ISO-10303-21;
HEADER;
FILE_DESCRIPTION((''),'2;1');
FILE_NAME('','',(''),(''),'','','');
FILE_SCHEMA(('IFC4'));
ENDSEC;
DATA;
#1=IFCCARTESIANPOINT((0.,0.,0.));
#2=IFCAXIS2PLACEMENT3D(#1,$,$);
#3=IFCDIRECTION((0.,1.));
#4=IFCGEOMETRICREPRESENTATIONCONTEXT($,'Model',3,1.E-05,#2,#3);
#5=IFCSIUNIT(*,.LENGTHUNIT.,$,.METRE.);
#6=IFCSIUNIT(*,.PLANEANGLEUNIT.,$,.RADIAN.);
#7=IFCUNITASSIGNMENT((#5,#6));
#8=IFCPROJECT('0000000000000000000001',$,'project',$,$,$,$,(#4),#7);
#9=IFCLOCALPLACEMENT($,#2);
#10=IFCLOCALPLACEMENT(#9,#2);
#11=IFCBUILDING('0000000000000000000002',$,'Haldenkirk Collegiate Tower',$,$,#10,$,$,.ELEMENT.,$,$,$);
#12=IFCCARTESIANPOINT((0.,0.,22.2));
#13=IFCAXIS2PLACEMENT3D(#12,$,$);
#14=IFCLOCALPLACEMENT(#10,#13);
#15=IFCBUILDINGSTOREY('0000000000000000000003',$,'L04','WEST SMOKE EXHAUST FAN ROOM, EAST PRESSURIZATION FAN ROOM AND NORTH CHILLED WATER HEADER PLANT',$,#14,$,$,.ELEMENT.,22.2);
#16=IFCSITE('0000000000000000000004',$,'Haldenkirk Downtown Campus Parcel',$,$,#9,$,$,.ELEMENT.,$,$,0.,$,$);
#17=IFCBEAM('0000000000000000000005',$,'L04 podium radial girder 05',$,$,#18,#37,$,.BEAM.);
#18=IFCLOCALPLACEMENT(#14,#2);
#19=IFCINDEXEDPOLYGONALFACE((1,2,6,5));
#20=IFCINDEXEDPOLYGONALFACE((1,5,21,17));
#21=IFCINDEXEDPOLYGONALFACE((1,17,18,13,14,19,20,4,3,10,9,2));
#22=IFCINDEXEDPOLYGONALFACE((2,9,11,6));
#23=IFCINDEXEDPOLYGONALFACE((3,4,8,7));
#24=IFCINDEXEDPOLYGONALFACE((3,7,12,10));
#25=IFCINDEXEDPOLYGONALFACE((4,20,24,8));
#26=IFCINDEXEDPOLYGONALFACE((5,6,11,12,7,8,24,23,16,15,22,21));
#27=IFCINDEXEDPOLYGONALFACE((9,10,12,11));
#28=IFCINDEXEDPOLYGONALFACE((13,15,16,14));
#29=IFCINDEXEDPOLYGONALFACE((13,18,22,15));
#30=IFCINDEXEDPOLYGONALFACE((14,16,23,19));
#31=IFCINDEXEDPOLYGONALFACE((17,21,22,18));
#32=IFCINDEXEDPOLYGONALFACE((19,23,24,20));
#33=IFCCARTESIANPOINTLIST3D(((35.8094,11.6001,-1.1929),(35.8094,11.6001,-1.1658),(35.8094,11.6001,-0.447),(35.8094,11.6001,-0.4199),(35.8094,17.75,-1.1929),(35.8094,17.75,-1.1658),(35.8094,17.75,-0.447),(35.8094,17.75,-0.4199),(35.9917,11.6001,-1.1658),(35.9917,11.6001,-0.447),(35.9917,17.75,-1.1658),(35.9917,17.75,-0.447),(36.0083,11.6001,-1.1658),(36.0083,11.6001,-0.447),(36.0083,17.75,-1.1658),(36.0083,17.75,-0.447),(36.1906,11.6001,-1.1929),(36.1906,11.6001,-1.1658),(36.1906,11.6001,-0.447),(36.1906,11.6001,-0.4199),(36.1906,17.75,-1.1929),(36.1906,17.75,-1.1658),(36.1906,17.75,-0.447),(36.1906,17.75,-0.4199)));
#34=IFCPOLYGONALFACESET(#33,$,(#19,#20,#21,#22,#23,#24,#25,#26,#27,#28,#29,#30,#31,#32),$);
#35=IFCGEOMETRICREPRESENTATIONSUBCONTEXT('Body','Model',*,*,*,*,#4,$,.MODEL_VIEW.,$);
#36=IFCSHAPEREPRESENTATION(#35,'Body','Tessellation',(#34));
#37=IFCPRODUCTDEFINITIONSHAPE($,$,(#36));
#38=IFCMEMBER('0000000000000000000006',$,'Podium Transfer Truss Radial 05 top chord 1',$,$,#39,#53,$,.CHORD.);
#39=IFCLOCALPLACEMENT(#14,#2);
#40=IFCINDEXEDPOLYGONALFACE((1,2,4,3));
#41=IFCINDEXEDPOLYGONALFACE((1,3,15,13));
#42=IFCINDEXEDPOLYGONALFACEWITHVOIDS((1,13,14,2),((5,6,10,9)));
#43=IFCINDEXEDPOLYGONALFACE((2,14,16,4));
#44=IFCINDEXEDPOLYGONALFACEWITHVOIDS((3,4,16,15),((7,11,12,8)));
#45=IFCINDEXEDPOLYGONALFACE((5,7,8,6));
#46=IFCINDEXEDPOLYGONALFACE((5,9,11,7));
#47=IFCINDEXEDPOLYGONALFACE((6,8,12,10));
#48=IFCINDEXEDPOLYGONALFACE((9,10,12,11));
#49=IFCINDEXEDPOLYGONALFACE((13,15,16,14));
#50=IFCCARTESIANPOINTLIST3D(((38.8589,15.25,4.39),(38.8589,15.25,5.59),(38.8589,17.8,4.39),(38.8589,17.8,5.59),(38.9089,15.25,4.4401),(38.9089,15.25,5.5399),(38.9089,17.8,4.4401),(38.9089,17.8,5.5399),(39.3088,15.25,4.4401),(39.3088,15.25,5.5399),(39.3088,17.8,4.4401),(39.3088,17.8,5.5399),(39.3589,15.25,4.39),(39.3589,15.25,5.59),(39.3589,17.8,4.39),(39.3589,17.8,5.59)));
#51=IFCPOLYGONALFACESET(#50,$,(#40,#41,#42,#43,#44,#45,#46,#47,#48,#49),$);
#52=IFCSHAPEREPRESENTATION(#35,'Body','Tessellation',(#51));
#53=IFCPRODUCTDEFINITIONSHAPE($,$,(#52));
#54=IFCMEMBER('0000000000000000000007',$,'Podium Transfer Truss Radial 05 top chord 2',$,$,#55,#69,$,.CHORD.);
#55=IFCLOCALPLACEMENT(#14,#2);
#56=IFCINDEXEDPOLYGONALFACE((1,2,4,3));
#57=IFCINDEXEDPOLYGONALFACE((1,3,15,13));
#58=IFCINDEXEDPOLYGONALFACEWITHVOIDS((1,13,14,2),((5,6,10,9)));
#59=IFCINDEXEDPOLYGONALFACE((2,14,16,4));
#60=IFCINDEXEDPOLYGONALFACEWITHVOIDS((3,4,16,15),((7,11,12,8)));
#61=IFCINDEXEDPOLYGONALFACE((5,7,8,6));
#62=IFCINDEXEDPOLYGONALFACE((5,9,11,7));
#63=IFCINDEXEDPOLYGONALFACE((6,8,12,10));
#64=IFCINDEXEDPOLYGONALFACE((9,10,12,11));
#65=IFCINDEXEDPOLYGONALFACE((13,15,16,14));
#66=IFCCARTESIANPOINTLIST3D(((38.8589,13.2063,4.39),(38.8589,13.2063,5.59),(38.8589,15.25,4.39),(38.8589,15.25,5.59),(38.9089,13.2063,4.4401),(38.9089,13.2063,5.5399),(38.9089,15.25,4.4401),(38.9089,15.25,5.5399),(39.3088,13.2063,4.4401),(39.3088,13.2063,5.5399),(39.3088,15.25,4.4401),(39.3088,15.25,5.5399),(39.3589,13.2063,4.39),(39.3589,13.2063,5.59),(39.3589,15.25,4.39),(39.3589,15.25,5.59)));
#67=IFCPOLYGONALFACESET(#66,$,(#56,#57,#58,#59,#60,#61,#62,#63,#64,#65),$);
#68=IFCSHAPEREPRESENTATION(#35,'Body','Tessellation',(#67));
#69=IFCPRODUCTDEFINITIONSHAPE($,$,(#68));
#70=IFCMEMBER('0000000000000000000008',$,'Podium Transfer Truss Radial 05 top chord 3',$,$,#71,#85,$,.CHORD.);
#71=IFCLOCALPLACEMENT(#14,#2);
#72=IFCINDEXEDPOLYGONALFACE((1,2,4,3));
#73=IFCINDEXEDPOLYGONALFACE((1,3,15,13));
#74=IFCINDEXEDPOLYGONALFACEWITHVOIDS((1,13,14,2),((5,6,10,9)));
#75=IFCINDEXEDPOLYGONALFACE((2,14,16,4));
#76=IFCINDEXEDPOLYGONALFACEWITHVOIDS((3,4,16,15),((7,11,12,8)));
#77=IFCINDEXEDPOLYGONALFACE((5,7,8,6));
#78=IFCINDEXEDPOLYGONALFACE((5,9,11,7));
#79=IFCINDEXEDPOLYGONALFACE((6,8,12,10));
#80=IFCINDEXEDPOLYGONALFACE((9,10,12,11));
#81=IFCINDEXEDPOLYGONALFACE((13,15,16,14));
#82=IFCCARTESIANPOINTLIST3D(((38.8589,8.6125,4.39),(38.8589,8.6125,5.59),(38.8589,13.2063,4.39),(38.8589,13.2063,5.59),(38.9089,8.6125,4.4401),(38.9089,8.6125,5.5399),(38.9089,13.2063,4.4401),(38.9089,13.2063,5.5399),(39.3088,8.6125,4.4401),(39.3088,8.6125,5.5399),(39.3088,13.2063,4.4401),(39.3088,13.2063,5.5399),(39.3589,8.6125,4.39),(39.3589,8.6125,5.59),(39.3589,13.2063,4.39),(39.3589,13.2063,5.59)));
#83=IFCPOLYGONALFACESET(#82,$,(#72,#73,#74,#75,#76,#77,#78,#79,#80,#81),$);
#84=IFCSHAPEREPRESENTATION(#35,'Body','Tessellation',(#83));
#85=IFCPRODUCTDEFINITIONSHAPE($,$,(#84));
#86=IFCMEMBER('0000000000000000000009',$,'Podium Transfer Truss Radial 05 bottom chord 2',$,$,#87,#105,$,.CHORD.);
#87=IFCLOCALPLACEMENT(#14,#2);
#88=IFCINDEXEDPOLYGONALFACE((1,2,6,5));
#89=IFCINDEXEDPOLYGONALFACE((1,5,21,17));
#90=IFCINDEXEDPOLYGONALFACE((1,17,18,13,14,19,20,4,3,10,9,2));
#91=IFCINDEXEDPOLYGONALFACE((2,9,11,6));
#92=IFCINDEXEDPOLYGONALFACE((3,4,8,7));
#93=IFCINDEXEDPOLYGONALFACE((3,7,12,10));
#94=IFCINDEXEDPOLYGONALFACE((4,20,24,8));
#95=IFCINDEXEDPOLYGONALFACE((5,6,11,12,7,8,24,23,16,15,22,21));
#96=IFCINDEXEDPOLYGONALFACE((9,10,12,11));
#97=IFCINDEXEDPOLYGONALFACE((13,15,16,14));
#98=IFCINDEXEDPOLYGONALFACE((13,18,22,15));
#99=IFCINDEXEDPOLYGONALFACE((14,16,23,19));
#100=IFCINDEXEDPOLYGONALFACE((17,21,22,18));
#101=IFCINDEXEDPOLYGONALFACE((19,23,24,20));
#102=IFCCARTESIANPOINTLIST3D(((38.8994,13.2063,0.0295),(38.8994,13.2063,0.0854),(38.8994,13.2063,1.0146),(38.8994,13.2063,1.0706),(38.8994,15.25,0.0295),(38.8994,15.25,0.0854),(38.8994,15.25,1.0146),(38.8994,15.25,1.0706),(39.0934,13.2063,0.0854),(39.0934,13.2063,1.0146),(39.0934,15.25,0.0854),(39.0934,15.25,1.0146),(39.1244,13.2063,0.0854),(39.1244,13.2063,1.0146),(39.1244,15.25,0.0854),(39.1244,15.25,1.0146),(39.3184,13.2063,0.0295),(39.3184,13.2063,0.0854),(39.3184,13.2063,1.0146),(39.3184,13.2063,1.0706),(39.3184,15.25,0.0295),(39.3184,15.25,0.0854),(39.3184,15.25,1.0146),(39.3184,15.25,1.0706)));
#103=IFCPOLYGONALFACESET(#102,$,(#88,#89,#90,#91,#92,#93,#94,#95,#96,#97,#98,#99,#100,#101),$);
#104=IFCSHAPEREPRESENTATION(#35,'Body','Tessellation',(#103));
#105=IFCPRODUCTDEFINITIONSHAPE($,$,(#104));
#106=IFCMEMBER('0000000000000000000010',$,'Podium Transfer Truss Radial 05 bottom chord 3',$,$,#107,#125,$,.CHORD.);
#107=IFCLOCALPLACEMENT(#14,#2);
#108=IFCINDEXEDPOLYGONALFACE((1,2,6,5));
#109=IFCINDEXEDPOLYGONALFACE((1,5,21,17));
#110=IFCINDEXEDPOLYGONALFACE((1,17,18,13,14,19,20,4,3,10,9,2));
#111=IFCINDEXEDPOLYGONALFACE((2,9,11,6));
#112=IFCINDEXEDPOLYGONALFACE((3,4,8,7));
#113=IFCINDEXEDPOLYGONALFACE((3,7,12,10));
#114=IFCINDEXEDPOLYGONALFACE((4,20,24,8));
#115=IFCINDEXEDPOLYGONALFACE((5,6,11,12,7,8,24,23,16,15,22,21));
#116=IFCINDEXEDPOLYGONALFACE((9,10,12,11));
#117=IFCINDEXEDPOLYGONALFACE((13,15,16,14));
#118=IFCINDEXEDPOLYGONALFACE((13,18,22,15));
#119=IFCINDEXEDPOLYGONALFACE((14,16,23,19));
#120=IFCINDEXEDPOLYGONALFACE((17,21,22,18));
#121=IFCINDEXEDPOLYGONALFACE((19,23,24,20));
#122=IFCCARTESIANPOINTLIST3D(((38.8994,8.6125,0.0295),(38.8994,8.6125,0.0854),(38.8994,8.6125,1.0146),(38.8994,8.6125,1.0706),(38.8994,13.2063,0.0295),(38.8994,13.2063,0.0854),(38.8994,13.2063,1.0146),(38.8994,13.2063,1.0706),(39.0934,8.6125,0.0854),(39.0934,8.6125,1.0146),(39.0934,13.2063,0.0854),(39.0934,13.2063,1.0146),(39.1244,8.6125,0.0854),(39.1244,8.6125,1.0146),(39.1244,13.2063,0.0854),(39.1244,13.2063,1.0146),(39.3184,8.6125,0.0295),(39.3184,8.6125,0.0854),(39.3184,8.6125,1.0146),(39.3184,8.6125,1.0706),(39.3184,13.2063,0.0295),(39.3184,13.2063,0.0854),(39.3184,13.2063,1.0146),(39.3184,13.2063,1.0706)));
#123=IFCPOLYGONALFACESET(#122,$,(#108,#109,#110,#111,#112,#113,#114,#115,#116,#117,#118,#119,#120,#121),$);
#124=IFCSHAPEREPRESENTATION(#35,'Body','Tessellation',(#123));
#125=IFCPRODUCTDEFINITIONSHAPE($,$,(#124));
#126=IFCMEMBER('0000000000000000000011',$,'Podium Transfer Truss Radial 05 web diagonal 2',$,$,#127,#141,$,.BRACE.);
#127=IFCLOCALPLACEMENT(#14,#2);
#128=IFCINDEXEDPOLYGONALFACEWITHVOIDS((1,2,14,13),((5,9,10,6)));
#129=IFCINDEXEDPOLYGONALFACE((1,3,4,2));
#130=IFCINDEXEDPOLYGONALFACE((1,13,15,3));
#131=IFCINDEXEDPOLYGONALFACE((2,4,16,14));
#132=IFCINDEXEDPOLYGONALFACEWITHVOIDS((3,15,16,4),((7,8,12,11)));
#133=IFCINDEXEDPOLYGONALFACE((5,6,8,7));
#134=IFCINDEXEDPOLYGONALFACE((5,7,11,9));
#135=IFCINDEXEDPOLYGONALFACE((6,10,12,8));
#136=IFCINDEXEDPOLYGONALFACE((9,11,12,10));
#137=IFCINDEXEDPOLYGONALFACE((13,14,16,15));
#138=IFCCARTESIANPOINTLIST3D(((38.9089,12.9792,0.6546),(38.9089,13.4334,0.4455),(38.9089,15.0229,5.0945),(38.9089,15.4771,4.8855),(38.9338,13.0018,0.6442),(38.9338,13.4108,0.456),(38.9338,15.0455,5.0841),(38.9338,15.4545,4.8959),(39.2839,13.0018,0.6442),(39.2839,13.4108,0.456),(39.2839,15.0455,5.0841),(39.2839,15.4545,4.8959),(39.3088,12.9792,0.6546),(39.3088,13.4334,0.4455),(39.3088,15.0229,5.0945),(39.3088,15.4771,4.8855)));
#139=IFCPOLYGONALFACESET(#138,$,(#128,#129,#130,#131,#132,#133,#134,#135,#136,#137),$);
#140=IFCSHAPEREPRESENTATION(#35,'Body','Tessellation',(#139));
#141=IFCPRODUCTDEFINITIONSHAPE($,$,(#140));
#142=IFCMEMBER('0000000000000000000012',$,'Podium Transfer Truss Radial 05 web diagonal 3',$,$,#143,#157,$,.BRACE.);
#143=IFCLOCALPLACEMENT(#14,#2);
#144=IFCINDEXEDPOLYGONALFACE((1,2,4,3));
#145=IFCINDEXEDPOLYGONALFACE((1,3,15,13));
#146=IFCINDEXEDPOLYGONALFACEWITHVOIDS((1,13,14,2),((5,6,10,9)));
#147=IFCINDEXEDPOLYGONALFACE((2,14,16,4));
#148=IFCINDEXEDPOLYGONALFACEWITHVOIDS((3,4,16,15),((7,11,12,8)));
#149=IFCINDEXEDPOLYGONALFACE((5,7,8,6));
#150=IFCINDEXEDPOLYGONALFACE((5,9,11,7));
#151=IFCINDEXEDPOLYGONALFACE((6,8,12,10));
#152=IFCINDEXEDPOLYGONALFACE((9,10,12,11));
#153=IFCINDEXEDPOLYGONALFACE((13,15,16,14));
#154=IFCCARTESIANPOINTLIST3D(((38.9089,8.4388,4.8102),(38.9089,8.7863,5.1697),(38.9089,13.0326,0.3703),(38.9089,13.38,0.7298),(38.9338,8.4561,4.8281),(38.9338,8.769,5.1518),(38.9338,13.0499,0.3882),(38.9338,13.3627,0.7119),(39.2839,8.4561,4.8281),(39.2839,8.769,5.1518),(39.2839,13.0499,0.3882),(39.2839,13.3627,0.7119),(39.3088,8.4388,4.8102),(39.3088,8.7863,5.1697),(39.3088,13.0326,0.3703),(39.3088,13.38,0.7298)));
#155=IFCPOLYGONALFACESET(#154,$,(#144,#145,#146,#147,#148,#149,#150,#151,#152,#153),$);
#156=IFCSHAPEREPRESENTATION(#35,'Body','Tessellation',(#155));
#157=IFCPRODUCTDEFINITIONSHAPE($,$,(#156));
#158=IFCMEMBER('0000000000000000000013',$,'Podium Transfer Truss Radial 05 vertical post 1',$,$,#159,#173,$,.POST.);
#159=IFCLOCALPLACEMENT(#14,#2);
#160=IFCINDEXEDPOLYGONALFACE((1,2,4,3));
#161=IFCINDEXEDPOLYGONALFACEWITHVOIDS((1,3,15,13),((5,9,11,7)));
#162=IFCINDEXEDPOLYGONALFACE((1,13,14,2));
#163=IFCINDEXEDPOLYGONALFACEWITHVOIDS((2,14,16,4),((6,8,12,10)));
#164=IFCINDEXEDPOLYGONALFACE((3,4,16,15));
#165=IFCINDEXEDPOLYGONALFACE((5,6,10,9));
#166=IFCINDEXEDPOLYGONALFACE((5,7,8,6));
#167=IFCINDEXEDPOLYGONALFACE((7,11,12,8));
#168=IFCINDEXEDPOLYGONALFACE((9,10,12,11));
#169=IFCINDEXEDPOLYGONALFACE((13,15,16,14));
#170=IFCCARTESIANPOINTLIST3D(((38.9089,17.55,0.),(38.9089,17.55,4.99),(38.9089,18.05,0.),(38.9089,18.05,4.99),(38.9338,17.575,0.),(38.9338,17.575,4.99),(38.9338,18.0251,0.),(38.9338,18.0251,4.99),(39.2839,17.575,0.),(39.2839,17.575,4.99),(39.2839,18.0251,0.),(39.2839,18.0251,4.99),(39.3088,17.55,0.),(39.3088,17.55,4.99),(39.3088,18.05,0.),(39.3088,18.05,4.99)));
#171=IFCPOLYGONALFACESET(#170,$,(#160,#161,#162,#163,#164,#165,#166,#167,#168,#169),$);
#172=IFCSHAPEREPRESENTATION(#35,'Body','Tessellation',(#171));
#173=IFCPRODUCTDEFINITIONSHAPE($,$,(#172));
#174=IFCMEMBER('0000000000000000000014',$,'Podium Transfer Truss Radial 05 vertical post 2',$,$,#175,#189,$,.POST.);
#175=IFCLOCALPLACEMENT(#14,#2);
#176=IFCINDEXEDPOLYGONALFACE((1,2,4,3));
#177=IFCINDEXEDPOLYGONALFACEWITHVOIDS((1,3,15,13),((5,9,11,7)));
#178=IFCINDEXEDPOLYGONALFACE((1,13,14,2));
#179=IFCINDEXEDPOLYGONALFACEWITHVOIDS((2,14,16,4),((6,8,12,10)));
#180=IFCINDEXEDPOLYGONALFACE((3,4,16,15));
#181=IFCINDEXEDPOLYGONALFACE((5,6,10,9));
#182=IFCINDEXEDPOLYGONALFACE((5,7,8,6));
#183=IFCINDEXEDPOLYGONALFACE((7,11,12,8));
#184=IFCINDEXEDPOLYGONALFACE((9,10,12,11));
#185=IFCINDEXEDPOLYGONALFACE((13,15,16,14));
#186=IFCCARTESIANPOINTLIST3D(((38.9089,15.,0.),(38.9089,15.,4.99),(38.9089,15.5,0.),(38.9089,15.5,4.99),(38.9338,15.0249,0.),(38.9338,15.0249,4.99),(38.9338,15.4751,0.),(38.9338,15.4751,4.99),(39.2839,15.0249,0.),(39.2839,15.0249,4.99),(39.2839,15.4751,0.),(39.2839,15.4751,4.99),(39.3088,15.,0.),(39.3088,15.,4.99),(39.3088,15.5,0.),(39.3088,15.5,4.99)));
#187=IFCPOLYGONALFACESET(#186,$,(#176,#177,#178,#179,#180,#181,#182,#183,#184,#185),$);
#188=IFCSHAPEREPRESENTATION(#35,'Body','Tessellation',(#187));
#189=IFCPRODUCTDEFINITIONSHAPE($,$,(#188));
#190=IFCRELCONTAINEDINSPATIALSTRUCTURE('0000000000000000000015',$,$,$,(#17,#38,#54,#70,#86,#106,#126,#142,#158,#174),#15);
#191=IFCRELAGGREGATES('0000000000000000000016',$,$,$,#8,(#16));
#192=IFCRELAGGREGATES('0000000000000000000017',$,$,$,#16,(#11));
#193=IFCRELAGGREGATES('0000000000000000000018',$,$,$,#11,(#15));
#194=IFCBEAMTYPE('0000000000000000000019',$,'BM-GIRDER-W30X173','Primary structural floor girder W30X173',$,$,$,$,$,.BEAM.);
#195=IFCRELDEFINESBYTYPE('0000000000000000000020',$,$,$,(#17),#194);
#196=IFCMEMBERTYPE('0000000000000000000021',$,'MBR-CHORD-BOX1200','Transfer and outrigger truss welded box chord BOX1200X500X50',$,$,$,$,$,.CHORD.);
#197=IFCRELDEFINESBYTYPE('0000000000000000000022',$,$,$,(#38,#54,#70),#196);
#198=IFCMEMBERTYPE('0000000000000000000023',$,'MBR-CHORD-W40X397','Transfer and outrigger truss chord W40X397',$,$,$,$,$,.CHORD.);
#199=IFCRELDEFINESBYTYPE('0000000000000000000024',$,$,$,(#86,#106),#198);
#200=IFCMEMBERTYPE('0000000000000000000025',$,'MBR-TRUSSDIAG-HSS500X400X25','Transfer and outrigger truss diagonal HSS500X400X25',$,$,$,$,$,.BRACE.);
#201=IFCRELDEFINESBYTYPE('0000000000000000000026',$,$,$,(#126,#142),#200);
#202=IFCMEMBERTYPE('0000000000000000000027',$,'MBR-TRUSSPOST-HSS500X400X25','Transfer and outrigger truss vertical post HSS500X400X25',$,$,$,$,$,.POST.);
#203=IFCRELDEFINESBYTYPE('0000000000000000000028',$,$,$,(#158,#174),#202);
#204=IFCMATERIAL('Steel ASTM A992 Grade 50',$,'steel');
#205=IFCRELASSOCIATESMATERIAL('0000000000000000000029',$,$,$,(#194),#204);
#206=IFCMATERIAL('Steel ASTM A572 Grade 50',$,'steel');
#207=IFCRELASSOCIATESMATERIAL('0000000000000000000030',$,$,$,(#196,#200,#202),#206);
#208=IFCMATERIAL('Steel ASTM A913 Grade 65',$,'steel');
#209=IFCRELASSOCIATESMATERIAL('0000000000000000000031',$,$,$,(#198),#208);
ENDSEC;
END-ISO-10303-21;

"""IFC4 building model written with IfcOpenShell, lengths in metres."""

from ifc_helpers import new_model, si_unit, direction, frame, origin, origin_2d, place, context, subcontext, project, spatial, hollow_rectangle, i_section, extrude, material, material_profile, profile_set, type_object, element, save


model = new_model("IFC4")

# Units and contexts
model_context = context("Model", 3, precision=1e-05, world=origin(), true_north=direction((0.0, 1.0)))
body_context = subcontext(model_context, "Body", "Model", "MODEL_VIEW")
ifc_project = project(units=[si_unit("LENGTHUNIT", "METRE"), si_unit("PLANEANGLEUNIT", "RADIAN")], contexts=[model_context])

# Site, building, storey
site_placement = place(None, origin())
site = spatial("IfcSite", under=ifc_project, at=site_placement, Name="Haldenkirk Downtown Campus Parcel", CompositionType="ELEMENT", RefElevation=0.0)
building_placement = place(site_placement, origin())
building = spatial("IfcBuilding", under=site, at=building_placement, Name="Haldenkirk Collegiate Tower", CompositionType="ELEMENT")
storey_placement = place(building_placement, frame((0.0, 0.0, 22.2)))
storey = spatial("IfcBuildingStorey", under=building, at=storey_placement, Name="L04", Description="WEST SMOKE EXHAUST FAN ROOM, EAST PRESSURIZATION FAN ROOM AND NORTH CHILLED WATER HEADER PLANT", CompositionType="ELEMENT", Elevation=22.2)

# Beam
ifc_material_1 = material(Name="Steel ASTM A992 Grade 50", Category="steel")
ifc_material_profile_1 = material_profile(ifc_material_1, i_section(OverallWidth=0.3811, OverallDepth=0.7729, WebThickness=0.0166, FlangeThickness=0.0271, at=origin_2d()), Name="W30X173")
ifc_profile_set_1 = profile_set([ifc_material_profile_1], Name="Steel ASTM A992 Grade 50")
beam_type = type_object("IfcBeamType", Name="BM-GIRDER-W30X173", Description="Primary structural floor girder W30X173", PredefinedType="BEAM", material=ifc_profile_set_1)
beam_placement = place(storey_placement, frame((36.0, 11.6001, -0.8064), z_axis=(0.0, 1.0, 0.0), x_axis=(-1.0, 0.0, 0.0)))
element("IfcBeam", 1, at=beam_placement, inside=storey, type_object=beam_type, Name="L04 podium radial girder 05", PredefinedType="BEAM", context=body_context, shape_type="SweptSolid", body=[
    extrude(i_section(OverallWidth=0.3811, OverallDepth=0.7729, WebThickness=0.0166, FlangeThickness=0.0271, at=origin_2d()), origin(), (0.0, 0.0, 1.0), 6.1499),
])

# Members
ifc_material_2 = material(Name="Steel ASTM A572 Grade 50", Category="steel")
ifc_material_profile_2 = material_profile(ifc_material_2, hollow_rectangle(XDim=0.5, YDim=1.2, WallThickness=0.05, at=origin_2d()), Name="BOX1200X500X50")
ifc_profile_set_2 = profile_set([ifc_material_profile_2], Name="Steel ASTM A572 Grade 50")
member_type_1 = type_object("IfcMemberType", Name="MBR-CHORD-BOX1200", Description="Transfer and outrigger truss welded box chord BOX1200X500X50", PredefinedType="CHORD", material=ifc_profile_set_2)
member_1_placement = place(storey_placement, frame((39.1089, 17.8, 4.99), z_axis=(0.0, -1.0, 0.0), x_axis=(1.0, 0.0, 0.0)))
element("IfcMember", 2, at=member_1_placement, inside=storey, type_object=member_type_1, Name="Podium Transfer Truss Radial 05 top chord 1", PredefinedType="CHORD", context=body_context, shape_type="SweptSolid", body=[
    extrude(hollow_rectangle(XDim=0.5, YDim=1.2, WallThickness=0.05, at=origin_2d()), origin(), (0.0, 0.0, 1.0), 2.55),
])
member_2_placement = place(storey_placement, frame((39.1089, 15.25, 4.99), z_axis=(0.0, -1.0, 0.0), x_axis=(1.0, 0.0, 0.0)))
element("IfcMember", 3, at=member_2_placement, inside=storey, type_object=member_type_1, Name="Podium Transfer Truss Radial 05 top chord 2", PredefinedType="CHORD", context=body_context, shape_type="SweptSolid", body=[
    extrude(hollow_rectangle(XDim=0.5, YDim=1.2, WallThickness=0.05, at=origin_2d()), origin(), (0.0, 0.0, 1.0), 2.0437),
])
member_3_placement = place(storey_placement, frame((39.1089, 13.2063, 4.99), z_axis=(0.0, -1.0, 0.0), x_axis=(1.0, 0.0, 0.0)))
element("IfcMember", 4, at=member_3_placement, inside=storey, type_object=member_type_1, Name="Podium Transfer Truss Radial 05 top chord 3", PredefinedType="CHORD", context=body_context, shape_type="SweptSolid", body=[
    extrude(hollow_rectangle(XDim=0.5, YDim=1.2, WallThickness=0.05, at=origin_2d()), origin(), (0.0, 0.0, 1.0), 4.5938),
])
ifc_material_3 = material(Name="Steel ASTM A913 Grade 65", Category="steel")
ifc_material_profile_3 = material_profile(ifc_material_3, i_section(OverallWidth=0.4189, OverallDepth=1.041, WebThickness=0.031, FlangeThickness=0.0559, at=origin_2d()), Name="W40X397")
ifc_profile_set_3 = profile_set([ifc_material_profile_3], Name="Steel ASTM A913 Grade 65")
member_type_2 = type_object("IfcMemberType", Name="MBR-CHORD-W40X397", Description="Transfer and outrigger truss chord W40X397", PredefinedType="CHORD", material=ifc_profile_set_3)
member_4_placement = place(storey_placement, frame((39.1089, 15.25, 0.55), z_axis=(0.0, -1.0, 0.0), x_axis=(1.0, 0.0, 0.0)))
element("IfcMember", 5, at=member_4_placement, inside=storey, type_object=member_type_2, Name="Podium Transfer Truss Radial 05 bottom chord 2", PredefinedType="CHORD", context=body_context, shape_type="SweptSolid", body=[
    extrude(i_section(OverallWidth=0.4189, OverallDepth=1.041, WebThickness=0.031, FlangeThickness=0.0559, at=origin_2d()), origin(), (0.0, 0.0, 1.0), 2.0437),
])
member_5_placement = place(storey_placement, frame((39.1089, 13.2063, 0.55), z_axis=(0.0, -1.0, 0.0), x_axis=(1.0, 0.0, 0.0)))
element("IfcMember", 6, at=member_5_placement, inside=storey, type_object=member_type_2, Name="Podium Transfer Truss Radial 05 bottom chord 3", PredefinedType="CHORD", context=body_context, shape_type="SweptSolid", body=[
    extrude(i_section(OverallWidth=0.4189, OverallDepth=1.041, WebThickness=0.031, FlangeThickness=0.0559, at=origin_2d()), origin(), (0.0, 0.0, 1.0), 4.5938),
])
ifc_material_profile_4 = material_profile(ifc_material_2, hollow_rectangle(XDim=0.3999, YDim=0.5, WallThickness=0.0249, at=origin_2d()), Name="HSS500X400X25")
ifc_profile_set_4 = profile_set([ifc_material_profile_4], Name="Steel ASTM A572 Grade 50")
member_type_3 = type_object("IfcMemberType", Name="MBR-TRUSSDIAG-HSS500X400X25", Description="Transfer and outrigger truss diagonal HSS500X400X25", PredefinedType="BRACE", material=ifc_profile_set_4)
member_6_placement = place(storey_placement, frame((39.1089, 15.25, 4.99), z_axis=(0.0, -0.41813, -0.908387), x_axis=(1.0, 0.0, 0.0)))
element("IfcMember", 7, at=member_6_placement, inside=storey, type_object=member_type_3, Name="Podium Transfer Truss Radial 05 web diagonal 2", PredefinedType="BRACE", context=body_context, shape_type="SweptSolid", body=[
    extrude(hollow_rectangle(XDim=0.3999, YDim=0.5, WallThickness=0.0249, at=origin_2d()), origin(), (0.0, 0.0, 1.0), 4.8877),
])
member_7_placement = place(storey_placement, frame((39.1089, 13.2063, 0.55), z_axis=(0.0, -0.719042, 0.694967), x_axis=(1.0, 0.0, 0.0)))
element("IfcMember", 8, at=member_7_placement, inside=storey, type_object=member_type_3, Name="Podium Transfer Truss Radial 05 web diagonal 3", PredefinedType="BRACE", context=body_context, shape_type="SweptSolid", body=[
    extrude(hollow_rectangle(XDim=0.3999, YDim=0.5, WallThickness=0.0249, at=origin_2d()), origin(), (0.0, 0.0, 1.0), 6.3887),
])
ifc_material_profile_5 = material_profile(ifc_material_2, hollow_rectangle(XDim=0.3999, YDim=0.5, WallThickness=0.0249, at=origin_2d()), Name="HSS500X400X25")
ifc_profile_set_5 = profile_set([ifc_material_profile_5], Name="Steel ASTM A572 Grade 50")
member_type_4 = type_object("IfcMemberType", Name="MBR-TRUSSPOST-HSS500X400X25", Description="Transfer and outrigger truss vertical post HSS500X400X25", PredefinedType="POST", material=ifc_profile_set_5)
for number, where, z_axis, x_axis, name in (
    (9, (39.1089, 17.8, 0.0), (0.0, 0.0, 1.0), (1.0, 0.0, 0.0), "Podium Transfer Truss Radial 05 vertical post 1"),
    (10, (39.1089, 15.25, 0.0), (0.0, 0.0, 1.0), (1.0, 0.0, 0.0), "Podium Transfer Truss Radial 05 vertical post 2"),
):
    element("IfcMember", number, at=place(storey_placement, frame(where, z_axis=z_axis, x_axis=x_axis)), inside=storey, type_object=member_type_4, Name=name, PredefinedType="POST", context=body_context, shape_type="SweptSolid", body=[
        extrude(hollow_rectangle(XDim=0.3999, YDim=0.5, WallThickness=0.0249, at=origin_2d()), origin(), (0.0, 0.0, 1.0), 4.99),
    ])

save(model, "model.ifc")
